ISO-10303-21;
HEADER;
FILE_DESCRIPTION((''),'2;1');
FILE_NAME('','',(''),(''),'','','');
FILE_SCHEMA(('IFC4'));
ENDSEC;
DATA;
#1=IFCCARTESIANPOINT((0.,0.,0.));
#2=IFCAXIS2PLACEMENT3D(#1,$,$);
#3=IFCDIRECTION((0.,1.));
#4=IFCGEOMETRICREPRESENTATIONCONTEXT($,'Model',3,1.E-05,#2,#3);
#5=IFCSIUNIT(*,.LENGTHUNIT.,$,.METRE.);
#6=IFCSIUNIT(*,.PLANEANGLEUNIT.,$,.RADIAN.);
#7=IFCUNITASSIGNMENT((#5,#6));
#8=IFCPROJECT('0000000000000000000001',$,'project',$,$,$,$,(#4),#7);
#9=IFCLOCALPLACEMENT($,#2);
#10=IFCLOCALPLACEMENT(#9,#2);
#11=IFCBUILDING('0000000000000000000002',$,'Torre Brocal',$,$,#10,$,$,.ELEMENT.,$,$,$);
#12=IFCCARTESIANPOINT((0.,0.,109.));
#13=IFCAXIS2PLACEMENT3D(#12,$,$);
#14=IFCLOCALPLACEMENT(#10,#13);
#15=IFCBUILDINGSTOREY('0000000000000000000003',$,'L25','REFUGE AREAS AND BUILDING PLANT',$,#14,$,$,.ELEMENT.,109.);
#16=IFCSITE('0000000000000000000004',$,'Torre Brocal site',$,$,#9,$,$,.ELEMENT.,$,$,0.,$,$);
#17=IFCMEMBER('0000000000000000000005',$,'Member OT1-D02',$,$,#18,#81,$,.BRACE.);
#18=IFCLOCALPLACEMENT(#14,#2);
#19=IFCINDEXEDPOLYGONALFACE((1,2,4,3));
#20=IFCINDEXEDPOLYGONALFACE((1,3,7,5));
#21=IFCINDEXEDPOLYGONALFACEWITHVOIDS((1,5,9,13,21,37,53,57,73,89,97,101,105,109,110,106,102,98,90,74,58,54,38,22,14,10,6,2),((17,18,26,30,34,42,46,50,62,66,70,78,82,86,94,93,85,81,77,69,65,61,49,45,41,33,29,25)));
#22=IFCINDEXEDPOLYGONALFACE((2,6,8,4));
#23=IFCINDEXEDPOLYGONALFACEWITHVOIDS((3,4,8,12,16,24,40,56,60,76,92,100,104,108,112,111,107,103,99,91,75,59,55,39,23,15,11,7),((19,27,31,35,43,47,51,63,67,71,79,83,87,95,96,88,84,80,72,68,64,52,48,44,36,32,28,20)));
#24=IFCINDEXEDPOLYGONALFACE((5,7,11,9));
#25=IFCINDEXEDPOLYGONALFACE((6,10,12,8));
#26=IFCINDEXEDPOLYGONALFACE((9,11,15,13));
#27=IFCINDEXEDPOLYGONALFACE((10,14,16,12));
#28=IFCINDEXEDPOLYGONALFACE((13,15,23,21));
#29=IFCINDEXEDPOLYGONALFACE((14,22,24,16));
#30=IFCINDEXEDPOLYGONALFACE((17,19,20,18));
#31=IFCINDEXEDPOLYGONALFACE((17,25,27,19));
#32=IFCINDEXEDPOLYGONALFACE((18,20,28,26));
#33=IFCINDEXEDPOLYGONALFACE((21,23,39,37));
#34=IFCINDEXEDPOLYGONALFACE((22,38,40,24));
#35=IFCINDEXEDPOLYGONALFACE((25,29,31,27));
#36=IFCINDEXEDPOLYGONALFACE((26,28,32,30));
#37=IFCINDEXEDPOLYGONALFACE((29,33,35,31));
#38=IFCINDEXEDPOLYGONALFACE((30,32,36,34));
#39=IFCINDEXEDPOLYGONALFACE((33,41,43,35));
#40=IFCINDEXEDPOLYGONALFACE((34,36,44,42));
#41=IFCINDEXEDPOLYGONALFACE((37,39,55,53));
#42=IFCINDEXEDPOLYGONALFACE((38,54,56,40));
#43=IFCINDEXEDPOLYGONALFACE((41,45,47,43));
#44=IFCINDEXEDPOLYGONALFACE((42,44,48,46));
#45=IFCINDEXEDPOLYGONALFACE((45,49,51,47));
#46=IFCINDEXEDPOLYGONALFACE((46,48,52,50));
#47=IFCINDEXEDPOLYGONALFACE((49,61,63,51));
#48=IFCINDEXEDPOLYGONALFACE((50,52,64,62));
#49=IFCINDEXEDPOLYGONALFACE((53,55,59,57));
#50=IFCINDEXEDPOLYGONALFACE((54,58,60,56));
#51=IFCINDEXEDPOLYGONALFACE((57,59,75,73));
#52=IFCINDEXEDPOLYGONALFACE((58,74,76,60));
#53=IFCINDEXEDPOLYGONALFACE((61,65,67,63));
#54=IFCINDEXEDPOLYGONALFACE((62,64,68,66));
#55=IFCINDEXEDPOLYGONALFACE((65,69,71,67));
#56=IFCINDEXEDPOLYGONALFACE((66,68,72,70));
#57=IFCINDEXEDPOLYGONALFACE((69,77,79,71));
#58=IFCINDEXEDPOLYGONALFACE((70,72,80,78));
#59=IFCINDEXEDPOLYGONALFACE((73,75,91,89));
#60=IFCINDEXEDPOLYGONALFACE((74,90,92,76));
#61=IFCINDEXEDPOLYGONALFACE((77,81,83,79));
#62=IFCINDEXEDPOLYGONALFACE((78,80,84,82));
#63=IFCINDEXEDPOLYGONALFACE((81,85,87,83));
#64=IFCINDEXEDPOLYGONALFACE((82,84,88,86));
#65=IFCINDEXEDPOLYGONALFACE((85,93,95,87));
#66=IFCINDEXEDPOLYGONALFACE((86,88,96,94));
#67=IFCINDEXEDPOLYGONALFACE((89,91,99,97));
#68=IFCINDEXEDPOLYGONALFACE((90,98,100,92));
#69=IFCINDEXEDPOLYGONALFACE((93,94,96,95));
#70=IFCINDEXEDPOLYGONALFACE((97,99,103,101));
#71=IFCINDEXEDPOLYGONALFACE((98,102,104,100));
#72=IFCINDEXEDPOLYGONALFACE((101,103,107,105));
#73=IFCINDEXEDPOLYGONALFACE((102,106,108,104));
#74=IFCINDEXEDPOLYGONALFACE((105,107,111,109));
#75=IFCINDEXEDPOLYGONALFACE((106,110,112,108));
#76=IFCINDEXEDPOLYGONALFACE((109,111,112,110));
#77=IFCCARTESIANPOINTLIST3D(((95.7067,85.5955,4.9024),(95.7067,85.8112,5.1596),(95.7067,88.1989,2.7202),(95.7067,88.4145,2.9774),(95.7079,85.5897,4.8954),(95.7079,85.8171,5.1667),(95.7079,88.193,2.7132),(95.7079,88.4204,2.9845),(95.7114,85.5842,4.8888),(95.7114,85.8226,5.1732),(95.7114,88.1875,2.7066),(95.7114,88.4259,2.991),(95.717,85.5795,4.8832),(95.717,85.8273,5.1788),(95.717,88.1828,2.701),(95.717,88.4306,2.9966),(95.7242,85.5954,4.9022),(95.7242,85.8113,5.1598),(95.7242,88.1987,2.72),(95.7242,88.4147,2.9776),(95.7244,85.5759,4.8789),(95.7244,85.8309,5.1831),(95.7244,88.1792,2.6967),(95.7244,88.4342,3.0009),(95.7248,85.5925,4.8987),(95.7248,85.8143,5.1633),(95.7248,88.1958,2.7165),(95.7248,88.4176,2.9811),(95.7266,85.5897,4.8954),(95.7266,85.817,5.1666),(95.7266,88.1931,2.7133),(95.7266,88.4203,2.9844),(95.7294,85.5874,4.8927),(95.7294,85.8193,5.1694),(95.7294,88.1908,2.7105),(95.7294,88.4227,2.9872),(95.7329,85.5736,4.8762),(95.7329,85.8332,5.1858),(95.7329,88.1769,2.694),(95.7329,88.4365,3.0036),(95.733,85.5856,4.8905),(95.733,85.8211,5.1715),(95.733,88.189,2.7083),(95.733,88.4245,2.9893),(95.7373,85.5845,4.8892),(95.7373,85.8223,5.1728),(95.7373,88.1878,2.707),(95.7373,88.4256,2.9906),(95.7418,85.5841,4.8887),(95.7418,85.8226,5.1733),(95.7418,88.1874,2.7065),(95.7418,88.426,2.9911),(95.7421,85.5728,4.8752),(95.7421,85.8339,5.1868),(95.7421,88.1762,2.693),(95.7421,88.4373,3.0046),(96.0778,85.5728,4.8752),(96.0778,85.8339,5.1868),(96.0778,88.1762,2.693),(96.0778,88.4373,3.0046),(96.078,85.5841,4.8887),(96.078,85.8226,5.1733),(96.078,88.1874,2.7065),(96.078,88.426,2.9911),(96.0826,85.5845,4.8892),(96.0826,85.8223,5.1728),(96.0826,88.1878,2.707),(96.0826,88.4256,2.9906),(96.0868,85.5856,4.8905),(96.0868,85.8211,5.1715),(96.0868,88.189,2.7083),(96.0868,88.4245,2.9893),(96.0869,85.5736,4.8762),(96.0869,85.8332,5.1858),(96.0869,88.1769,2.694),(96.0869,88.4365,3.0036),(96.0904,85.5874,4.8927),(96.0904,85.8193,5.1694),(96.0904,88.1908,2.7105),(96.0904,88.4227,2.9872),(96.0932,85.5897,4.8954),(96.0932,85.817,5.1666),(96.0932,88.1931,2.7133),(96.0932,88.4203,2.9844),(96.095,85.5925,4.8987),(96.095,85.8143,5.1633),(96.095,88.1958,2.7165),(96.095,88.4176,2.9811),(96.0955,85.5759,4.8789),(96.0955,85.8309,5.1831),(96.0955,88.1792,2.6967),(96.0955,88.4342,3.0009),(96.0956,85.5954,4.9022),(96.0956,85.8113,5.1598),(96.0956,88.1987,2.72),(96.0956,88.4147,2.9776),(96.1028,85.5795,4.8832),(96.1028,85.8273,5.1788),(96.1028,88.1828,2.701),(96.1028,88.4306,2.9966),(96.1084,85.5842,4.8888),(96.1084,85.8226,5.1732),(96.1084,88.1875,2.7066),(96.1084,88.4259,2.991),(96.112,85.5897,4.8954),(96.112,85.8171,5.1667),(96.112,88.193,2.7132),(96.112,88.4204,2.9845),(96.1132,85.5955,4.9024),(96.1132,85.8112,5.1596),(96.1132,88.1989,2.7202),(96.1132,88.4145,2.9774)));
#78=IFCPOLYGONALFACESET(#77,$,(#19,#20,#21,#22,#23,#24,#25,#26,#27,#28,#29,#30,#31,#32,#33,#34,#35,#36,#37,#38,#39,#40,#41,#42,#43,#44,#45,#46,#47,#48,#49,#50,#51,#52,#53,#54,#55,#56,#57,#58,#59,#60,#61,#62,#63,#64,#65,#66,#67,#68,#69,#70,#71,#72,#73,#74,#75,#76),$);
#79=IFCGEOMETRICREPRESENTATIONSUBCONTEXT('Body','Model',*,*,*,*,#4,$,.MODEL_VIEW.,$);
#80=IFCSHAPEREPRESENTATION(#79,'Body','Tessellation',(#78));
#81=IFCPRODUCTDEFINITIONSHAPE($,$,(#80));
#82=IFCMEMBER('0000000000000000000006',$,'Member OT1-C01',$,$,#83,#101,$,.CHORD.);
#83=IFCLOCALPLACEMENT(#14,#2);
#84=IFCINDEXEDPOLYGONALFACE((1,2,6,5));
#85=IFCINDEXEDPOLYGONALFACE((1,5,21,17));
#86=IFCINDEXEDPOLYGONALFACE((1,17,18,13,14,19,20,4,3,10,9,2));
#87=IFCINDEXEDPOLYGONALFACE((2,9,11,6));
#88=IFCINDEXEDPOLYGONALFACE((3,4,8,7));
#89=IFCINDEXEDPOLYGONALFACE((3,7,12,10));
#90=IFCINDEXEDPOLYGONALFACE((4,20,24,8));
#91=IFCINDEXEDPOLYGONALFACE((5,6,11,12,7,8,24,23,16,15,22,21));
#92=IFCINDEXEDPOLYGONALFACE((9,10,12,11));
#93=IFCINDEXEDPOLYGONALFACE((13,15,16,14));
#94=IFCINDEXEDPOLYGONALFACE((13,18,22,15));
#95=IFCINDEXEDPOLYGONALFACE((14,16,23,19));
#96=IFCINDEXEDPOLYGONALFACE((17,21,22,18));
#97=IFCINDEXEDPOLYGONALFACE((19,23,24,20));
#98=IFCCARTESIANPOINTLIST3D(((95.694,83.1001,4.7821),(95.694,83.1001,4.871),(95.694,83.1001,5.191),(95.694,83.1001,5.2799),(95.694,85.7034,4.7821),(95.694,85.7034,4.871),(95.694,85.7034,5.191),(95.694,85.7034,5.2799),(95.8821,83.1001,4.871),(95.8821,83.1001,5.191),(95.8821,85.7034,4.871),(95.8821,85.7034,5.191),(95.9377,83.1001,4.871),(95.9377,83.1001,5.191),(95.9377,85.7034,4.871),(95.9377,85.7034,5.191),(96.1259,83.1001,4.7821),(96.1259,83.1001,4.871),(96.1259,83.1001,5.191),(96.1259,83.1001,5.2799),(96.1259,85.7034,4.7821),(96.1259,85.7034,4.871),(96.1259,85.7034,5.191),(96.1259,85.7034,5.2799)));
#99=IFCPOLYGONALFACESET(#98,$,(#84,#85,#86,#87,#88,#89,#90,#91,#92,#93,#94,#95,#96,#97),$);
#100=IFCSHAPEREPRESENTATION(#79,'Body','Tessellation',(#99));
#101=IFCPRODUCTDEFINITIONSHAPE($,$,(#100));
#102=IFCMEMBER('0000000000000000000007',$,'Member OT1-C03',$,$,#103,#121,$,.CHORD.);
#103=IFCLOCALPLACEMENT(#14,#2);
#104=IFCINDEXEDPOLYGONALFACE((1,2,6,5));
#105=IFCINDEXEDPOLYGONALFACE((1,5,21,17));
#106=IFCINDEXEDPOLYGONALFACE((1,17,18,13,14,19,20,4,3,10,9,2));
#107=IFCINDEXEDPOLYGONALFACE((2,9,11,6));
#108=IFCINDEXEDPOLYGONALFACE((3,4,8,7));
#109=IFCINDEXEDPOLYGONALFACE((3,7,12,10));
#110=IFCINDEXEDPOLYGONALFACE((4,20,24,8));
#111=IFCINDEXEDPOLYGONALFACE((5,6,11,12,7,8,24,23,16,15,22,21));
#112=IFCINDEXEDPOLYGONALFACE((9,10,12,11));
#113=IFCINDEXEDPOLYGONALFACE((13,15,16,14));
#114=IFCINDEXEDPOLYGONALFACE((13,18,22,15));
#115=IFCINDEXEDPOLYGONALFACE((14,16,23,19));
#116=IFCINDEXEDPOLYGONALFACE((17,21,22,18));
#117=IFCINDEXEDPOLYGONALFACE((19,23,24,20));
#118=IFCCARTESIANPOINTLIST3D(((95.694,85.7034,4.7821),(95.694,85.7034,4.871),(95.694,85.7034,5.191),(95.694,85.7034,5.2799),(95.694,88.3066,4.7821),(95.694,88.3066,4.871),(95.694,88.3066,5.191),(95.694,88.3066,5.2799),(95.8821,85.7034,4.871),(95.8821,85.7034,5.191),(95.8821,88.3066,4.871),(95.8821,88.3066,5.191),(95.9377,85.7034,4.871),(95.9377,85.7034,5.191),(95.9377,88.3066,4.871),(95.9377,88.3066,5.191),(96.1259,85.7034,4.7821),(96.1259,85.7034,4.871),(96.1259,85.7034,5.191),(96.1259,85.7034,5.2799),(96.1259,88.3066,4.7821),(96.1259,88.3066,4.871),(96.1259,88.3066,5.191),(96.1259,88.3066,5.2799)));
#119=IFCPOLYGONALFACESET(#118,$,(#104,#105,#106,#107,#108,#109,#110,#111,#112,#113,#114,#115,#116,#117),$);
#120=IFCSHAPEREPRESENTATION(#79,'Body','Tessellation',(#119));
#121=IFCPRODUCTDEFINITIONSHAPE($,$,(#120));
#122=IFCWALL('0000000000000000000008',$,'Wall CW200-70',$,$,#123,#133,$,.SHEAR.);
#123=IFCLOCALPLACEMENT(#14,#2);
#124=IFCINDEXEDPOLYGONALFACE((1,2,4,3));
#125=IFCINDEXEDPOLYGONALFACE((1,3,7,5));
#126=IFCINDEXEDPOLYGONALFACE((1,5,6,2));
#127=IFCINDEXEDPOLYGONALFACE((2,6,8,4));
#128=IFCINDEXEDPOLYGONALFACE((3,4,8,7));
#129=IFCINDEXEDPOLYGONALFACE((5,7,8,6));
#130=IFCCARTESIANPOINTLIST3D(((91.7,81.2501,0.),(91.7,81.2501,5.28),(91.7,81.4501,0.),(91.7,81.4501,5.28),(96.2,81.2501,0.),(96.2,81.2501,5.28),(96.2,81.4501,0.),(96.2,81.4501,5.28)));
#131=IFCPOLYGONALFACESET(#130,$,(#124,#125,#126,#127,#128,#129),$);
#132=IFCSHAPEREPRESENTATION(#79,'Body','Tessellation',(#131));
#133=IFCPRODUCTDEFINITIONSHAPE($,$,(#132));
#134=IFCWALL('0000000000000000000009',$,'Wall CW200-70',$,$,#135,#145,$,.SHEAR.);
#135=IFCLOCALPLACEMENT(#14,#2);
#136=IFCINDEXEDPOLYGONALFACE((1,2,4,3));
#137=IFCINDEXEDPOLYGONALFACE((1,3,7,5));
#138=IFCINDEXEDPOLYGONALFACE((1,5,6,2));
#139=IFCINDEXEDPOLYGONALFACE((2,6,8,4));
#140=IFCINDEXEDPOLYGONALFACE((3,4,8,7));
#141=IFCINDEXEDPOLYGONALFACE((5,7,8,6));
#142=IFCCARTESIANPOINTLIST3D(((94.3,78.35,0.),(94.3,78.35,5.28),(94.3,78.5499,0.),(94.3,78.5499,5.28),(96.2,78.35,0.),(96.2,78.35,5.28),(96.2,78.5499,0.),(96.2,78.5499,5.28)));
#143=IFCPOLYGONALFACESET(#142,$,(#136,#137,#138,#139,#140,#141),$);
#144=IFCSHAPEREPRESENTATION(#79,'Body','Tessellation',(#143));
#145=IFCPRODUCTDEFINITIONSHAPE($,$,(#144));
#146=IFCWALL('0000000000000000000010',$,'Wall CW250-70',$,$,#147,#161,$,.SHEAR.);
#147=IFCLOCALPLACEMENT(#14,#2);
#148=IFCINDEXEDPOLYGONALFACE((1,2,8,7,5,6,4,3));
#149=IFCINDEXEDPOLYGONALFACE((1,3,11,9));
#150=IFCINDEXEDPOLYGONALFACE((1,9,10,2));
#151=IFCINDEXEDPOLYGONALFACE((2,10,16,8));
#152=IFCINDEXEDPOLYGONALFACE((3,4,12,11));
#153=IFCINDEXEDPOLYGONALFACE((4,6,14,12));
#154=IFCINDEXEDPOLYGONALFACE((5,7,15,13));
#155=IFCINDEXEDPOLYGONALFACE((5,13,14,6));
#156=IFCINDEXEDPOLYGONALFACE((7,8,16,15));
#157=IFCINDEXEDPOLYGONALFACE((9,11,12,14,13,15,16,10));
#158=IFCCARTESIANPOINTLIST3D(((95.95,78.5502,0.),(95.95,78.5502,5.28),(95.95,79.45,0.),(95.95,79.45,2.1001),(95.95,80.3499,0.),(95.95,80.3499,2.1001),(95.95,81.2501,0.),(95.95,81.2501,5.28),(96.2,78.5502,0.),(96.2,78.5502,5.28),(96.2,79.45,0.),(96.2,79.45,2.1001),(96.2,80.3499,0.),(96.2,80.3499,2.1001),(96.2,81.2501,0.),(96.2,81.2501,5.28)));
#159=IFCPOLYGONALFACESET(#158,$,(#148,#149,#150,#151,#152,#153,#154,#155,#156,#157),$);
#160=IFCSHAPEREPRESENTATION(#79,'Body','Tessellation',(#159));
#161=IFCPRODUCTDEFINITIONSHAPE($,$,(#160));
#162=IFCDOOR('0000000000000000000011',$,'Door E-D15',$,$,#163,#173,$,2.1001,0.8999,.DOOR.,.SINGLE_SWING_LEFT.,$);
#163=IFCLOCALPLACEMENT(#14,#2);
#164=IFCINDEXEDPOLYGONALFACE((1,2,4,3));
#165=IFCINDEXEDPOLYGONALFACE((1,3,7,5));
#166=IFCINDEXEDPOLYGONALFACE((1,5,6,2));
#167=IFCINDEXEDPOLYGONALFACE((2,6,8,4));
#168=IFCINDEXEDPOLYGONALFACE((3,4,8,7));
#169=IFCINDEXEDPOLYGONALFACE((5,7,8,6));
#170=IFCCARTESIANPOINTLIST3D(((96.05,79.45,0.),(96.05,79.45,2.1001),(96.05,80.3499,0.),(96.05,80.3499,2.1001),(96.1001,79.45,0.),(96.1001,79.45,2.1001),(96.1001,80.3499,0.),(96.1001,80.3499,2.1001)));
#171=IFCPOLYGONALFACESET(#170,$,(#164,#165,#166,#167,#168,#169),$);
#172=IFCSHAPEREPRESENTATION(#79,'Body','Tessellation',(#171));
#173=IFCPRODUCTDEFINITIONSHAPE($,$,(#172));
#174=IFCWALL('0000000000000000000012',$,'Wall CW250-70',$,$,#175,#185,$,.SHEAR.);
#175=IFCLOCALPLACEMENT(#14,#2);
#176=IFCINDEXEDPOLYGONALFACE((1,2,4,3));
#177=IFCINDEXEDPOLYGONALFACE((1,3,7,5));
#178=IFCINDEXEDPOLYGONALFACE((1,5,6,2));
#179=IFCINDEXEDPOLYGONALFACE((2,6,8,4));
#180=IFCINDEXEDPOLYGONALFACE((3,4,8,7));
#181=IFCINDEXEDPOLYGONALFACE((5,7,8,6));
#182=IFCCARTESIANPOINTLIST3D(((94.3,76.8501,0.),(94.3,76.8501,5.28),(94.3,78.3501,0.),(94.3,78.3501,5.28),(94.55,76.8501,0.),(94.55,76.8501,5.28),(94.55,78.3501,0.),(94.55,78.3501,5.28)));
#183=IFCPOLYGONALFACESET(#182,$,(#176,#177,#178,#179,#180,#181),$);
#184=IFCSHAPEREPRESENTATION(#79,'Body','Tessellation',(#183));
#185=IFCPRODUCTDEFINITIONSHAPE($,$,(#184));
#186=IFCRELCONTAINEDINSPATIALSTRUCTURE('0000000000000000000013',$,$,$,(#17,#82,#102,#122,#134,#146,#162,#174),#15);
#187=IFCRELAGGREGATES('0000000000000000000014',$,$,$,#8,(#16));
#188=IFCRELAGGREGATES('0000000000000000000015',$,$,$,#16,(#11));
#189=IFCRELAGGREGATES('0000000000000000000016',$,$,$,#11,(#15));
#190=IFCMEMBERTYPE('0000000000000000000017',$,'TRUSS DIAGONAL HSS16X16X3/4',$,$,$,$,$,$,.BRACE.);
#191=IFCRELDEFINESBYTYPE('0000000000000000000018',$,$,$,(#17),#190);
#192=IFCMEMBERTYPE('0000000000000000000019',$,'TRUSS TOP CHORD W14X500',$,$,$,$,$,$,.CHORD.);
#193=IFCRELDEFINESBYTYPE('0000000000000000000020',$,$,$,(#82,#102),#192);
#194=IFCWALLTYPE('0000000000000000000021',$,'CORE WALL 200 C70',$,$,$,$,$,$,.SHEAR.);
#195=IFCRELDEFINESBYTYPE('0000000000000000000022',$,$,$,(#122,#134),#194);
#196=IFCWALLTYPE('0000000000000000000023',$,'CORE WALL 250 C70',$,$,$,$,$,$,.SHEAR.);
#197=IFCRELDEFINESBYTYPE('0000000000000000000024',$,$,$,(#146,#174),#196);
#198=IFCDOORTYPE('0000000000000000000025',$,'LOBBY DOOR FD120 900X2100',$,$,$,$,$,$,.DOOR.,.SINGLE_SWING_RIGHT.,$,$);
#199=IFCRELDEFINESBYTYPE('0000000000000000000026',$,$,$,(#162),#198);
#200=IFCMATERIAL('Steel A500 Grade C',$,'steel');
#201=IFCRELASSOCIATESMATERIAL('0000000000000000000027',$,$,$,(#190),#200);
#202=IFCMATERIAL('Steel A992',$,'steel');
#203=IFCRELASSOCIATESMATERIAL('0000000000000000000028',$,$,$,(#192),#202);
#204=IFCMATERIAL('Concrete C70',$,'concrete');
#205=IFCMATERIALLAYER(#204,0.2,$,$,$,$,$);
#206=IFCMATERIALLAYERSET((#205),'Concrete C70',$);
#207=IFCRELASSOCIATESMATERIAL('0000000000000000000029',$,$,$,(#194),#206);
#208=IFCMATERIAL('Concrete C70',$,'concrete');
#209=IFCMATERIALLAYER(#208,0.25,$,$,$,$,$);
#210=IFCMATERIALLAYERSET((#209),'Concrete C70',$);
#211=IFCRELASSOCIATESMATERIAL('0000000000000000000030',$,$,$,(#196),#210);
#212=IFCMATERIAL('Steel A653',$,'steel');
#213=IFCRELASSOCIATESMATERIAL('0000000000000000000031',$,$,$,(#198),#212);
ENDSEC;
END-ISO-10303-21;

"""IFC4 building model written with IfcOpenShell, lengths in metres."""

from ifc_helpers import new_model, si_unit, direction, frame, frame_2d, origin, origin_2d, place, context, subcontext, project, spatial, rectangle, hollow_rectangle, i_section, extrude, material, layer, layer_set, material_profile, profile_set, type_object, element, fill, save


model = new_model("IFC4")

# Units and contexts
model_context = context("Model", 3, precision=1e-05, world=origin(), true_north=direction((0.0, 1.0)))
body_context = subcontext(model_context, "Body", "Model", "MODEL_VIEW")
ifc_project = project(units=[si_unit("LENGTHUNIT", "METRE"), si_unit("PLANEANGLEUNIT", "RADIAN")], contexts=[model_context])

# Site, building, storey
site_placement = place(None, origin())
site = spatial("IfcSite", under=ifc_project, at=site_placement, Name="Torre Brocal site", CompositionType="ELEMENT", RefElevation=0.0)
building_placement = place(site_placement, origin())
building = spatial("IfcBuilding", under=site, at=building_placement, Name="Torre Brocal", CompositionType="ELEMENT")
storey_placement = place(building_placement, frame((0.0, 0.0, 109.0)))
storey = spatial("IfcBuildingStorey", under=building, at=storey_placement, Name="L25", Description="REFUGE AREAS AND BUILDING PLANT", CompositionType="ELEMENT", Elevation=109.0)

# Members
ifc_material_1 = material(Name="Steel A500 Grade C", Category="steel")
ifc_material_profile_1 = material_profile(ifc_material_1, hollow_rectangle(XDim=0.4065, YDim=0.4065, WallThickness=0.0176, InnerFilletRadius=0.0176, OuterFilletRadius=0.0354, at=origin_2d()), Name="HSS16X16X3/4")
ifc_profile_set_1 = profile_set([ifc_material_profile_1], Name="Steel A500 Grade C")
member_type_1 = type_object("IfcMemberType", Name="TRUSS DIAGONAL HSS16X16X3/4", PredefinedType="BRACE", material=ifc_profile_set_1)
for number, where, z_axis, x_axis, name in (
    (1, (95.9099, 85.7034, 5.031), (0.0, 0.766374, -0.642394), (-1.0, 0.0, 0.0), "Member OT1-D02"),
):
    element("IfcMember", number, at=place(storey_placement, frame(where, z_axis=z_axis, x_axis=x_axis)), inside=storey, type_object=member_type_1, Name=name, PredefinedType="BRACE", context=body_context, shape_type="SweptSolid", body=[
        extrude(hollow_rectangle(XDim=0.4065, YDim=0.4065, WallThickness=0.0176, InnerFilletRadius=0.0176, OuterFilletRadius=0.0354, at=origin_2d()), origin(), (0.0, 0.0, 1.0), 3.397),
    ])
ifc_material_2 = material(Name="Steel A992", Category="steel")
ifc_material_profile_2 = material_profile(ifc_material_2, i_section(OverallWidth=0.4319, OverallDepth=0.4978, WebThickness=0.0557, FlangeThickness=0.0889, at=origin_2d()), Name="W14X500")
ifc_profile_set_2 = profile_set([ifc_material_profile_2], Name="Steel A992")
member_type_2 = type_object("IfcMemberType", Name="TRUSS TOP CHORD W14X500", PredefinedType="CHORD", material=ifc_profile_set_2)
for number, where, z_axis, x_axis, name in (
    (2, (95.9099, 83.1001, 5.031), (0.0, 1.0, 0.0), (-1.0, 0.0, 0.0), "Member OT1-C01"),
    (3, (95.9099, 85.7034, 5.031), (0.0, 1.0, 0.0), (-1.0, 0.0, 0.0), "Member OT1-C03"),
):
    element("IfcMember", number, at=place(storey_placement, frame(where, z_axis=z_axis, x_axis=x_axis)), inside=storey, type_object=member_type_2, Name=name, PredefinedType="CHORD", context=body_context, shape_type="SweptSolid", body=[
        extrude(i_section(OverallWidth=0.4319, OverallDepth=0.4978, WebThickness=0.0557, FlangeThickness=0.0889, at=origin_2d()), origin(), (0.0, 0.0, 1.0), 2.6033),
    ])

# Walls
ifc_material_3 = material(Name="Concrete C70", Category="concrete")
ifc_layer_1 = layer(ifc_material_3, 0.2)
ifc_layer_set_1 = layer_set([ifc_layer_1], Name="Concrete C70")
wall_type_1 = type_object("IfcWallType", Name="CORE WALL 200 C70", PredefinedType="SHEAR", material=ifc_layer_set_1)
wall_1_placement = place(storey_placement, frame((91.7, 81.3501, 0.0), z_axis=(0.0, 0.0, 1.0), x_axis=(1.0, 0.0, 0.0)))
element("IfcWall", 4, at=wall_1_placement, inside=storey, type_object=wall_type_1, Name="Wall CW200-70", PredefinedType="SHEAR", context=body_context, shape_type="SweptSolid", body=[
    extrude(rectangle(XDim=4.5, YDim=0.2, at=frame_2d((2.25, 0.0))), origin(), (0.0, 0.0, 1.0), 5.28),
])
wall_2_placement = place(storey_placement, frame((94.3, 78.45, 0.0), z_axis=(0.0, 0.0, 1.0), x_axis=(1.0, 0.0, 0.0)))
element("IfcWall", 5, at=wall_2_placement, inside=storey, type_object=wall_type_1, Name="Wall CW200-70", PredefinedType="SHEAR", context=body_context, shape_type="SweptSolid", body=[
    extrude(rectangle(XDim=1.8999, YDim=0.2, at=frame_2d((0.95, 0.0))), origin(), (0.0, 0.0, 1.0), 5.28),
])

# Wall, opening, door
ifc_material_4 = material(Name="Concrete C70", Category="concrete")
ifc_layer_2 = layer(ifc_material_4, 0.25)
ifc_layer_set_2 = layer_set([ifc_layer_2], Name="Concrete C70")
wall_type_2 = type_object("IfcWallType", Name="CORE WALL 250 C70", PredefinedType="SHEAR", material=ifc_layer_set_2)
wall_3_placement = place(storey_placement, frame((96.075, 78.55, 0.0), z_axis=(0.0, 0.0, 1.0), x_axis=(0.0, 1.0, 0.0)))
wall_3 = element("IfcWall", 6, at=wall_3_placement, inside=storey, type_object=wall_type_2, Name="Wall CW250-70", PredefinedType="SHEAR", context=body_context, shape_type="SweptSolid", body=[
    extrude(rectangle(XDim=2.7, YDim=0.25, at=frame_2d((1.3501, 0.0))), origin(), (0.0, 0.0, 1.0), 5.28),
])
opening_1_placement = place(wall_3_placement, frame((0.8999, 0.0, 0.0)))
opening_1 = element("IfcOpeningElement", 7, at=opening_1_placement, cuts=wall_3, PredefinedType="OPENING", context=body_context, shape_type="SweptSolid", body=[
    extrude(rectangle(XDim=0.8999, YDim=2.1001, at=frame_2d((0.45, 1.05))), frame((0.0, 0.135, 0.0), z_axis=(0.0, -1.0, 0.0), x_axis=(1.0, 0.0, 0.0)), (0.0, 0.0, 1.0), 0.27),
])
ifc_material_5 = material(Name="Steel A653", Category="steel")
door_type_1 = type_object("IfcDoorType", Name="LOBBY DOOR FD120 900X2100", OperationType="SINGLE_SWING_RIGHT", PredefinedType="DOOR", material=ifc_material_5)
door_1_placement = place(opening_1_placement, origin())
door_1 = element("IfcDoor", 8, at=door_1_placement, inside=storey, type_object=door_type_1, Name="Door E-D15", OperationType="SINGLE_SWING_LEFT", OverallHeight=2.1001, OverallWidth=0.8999, PredefinedType="DOOR", context=body_context, shape_type="SweptSolid", body=[
    extrude(rectangle(XDim=0.8999, YDim=2.1001, at=frame_2d((0.45, 1.05))), frame((0.0, 0.0249, 0.0), z_axis=(0.0, -1.0, 0.0), x_axis=(1.0, 0.0, 0.0)), (0.0, 0.0, 1.0), 0.05),
])
fill(opening_1, door_1)

# Wall
wall_4_placement = place(storey_placement, frame((94.425, 76.8501, 0.0), z_axis=(0.0, 0.0, 1.0), x_axis=(0.0, 1.0, 0.0)))
element("IfcWall", 9, at=wall_4_placement, inside=storey, type_object=wall_type_2, Name="Wall CW250-70", PredefinedType="SHEAR", context=body_context, shape_type="SweptSolid", body=[
    extrude(rectangle(XDim=1.5, YDim=0.25, at=frame_2d((0.75, 0.0))), origin(), (0.0, 0.0, 1.0), 5.28),
])

save(model, "model.ifc")
